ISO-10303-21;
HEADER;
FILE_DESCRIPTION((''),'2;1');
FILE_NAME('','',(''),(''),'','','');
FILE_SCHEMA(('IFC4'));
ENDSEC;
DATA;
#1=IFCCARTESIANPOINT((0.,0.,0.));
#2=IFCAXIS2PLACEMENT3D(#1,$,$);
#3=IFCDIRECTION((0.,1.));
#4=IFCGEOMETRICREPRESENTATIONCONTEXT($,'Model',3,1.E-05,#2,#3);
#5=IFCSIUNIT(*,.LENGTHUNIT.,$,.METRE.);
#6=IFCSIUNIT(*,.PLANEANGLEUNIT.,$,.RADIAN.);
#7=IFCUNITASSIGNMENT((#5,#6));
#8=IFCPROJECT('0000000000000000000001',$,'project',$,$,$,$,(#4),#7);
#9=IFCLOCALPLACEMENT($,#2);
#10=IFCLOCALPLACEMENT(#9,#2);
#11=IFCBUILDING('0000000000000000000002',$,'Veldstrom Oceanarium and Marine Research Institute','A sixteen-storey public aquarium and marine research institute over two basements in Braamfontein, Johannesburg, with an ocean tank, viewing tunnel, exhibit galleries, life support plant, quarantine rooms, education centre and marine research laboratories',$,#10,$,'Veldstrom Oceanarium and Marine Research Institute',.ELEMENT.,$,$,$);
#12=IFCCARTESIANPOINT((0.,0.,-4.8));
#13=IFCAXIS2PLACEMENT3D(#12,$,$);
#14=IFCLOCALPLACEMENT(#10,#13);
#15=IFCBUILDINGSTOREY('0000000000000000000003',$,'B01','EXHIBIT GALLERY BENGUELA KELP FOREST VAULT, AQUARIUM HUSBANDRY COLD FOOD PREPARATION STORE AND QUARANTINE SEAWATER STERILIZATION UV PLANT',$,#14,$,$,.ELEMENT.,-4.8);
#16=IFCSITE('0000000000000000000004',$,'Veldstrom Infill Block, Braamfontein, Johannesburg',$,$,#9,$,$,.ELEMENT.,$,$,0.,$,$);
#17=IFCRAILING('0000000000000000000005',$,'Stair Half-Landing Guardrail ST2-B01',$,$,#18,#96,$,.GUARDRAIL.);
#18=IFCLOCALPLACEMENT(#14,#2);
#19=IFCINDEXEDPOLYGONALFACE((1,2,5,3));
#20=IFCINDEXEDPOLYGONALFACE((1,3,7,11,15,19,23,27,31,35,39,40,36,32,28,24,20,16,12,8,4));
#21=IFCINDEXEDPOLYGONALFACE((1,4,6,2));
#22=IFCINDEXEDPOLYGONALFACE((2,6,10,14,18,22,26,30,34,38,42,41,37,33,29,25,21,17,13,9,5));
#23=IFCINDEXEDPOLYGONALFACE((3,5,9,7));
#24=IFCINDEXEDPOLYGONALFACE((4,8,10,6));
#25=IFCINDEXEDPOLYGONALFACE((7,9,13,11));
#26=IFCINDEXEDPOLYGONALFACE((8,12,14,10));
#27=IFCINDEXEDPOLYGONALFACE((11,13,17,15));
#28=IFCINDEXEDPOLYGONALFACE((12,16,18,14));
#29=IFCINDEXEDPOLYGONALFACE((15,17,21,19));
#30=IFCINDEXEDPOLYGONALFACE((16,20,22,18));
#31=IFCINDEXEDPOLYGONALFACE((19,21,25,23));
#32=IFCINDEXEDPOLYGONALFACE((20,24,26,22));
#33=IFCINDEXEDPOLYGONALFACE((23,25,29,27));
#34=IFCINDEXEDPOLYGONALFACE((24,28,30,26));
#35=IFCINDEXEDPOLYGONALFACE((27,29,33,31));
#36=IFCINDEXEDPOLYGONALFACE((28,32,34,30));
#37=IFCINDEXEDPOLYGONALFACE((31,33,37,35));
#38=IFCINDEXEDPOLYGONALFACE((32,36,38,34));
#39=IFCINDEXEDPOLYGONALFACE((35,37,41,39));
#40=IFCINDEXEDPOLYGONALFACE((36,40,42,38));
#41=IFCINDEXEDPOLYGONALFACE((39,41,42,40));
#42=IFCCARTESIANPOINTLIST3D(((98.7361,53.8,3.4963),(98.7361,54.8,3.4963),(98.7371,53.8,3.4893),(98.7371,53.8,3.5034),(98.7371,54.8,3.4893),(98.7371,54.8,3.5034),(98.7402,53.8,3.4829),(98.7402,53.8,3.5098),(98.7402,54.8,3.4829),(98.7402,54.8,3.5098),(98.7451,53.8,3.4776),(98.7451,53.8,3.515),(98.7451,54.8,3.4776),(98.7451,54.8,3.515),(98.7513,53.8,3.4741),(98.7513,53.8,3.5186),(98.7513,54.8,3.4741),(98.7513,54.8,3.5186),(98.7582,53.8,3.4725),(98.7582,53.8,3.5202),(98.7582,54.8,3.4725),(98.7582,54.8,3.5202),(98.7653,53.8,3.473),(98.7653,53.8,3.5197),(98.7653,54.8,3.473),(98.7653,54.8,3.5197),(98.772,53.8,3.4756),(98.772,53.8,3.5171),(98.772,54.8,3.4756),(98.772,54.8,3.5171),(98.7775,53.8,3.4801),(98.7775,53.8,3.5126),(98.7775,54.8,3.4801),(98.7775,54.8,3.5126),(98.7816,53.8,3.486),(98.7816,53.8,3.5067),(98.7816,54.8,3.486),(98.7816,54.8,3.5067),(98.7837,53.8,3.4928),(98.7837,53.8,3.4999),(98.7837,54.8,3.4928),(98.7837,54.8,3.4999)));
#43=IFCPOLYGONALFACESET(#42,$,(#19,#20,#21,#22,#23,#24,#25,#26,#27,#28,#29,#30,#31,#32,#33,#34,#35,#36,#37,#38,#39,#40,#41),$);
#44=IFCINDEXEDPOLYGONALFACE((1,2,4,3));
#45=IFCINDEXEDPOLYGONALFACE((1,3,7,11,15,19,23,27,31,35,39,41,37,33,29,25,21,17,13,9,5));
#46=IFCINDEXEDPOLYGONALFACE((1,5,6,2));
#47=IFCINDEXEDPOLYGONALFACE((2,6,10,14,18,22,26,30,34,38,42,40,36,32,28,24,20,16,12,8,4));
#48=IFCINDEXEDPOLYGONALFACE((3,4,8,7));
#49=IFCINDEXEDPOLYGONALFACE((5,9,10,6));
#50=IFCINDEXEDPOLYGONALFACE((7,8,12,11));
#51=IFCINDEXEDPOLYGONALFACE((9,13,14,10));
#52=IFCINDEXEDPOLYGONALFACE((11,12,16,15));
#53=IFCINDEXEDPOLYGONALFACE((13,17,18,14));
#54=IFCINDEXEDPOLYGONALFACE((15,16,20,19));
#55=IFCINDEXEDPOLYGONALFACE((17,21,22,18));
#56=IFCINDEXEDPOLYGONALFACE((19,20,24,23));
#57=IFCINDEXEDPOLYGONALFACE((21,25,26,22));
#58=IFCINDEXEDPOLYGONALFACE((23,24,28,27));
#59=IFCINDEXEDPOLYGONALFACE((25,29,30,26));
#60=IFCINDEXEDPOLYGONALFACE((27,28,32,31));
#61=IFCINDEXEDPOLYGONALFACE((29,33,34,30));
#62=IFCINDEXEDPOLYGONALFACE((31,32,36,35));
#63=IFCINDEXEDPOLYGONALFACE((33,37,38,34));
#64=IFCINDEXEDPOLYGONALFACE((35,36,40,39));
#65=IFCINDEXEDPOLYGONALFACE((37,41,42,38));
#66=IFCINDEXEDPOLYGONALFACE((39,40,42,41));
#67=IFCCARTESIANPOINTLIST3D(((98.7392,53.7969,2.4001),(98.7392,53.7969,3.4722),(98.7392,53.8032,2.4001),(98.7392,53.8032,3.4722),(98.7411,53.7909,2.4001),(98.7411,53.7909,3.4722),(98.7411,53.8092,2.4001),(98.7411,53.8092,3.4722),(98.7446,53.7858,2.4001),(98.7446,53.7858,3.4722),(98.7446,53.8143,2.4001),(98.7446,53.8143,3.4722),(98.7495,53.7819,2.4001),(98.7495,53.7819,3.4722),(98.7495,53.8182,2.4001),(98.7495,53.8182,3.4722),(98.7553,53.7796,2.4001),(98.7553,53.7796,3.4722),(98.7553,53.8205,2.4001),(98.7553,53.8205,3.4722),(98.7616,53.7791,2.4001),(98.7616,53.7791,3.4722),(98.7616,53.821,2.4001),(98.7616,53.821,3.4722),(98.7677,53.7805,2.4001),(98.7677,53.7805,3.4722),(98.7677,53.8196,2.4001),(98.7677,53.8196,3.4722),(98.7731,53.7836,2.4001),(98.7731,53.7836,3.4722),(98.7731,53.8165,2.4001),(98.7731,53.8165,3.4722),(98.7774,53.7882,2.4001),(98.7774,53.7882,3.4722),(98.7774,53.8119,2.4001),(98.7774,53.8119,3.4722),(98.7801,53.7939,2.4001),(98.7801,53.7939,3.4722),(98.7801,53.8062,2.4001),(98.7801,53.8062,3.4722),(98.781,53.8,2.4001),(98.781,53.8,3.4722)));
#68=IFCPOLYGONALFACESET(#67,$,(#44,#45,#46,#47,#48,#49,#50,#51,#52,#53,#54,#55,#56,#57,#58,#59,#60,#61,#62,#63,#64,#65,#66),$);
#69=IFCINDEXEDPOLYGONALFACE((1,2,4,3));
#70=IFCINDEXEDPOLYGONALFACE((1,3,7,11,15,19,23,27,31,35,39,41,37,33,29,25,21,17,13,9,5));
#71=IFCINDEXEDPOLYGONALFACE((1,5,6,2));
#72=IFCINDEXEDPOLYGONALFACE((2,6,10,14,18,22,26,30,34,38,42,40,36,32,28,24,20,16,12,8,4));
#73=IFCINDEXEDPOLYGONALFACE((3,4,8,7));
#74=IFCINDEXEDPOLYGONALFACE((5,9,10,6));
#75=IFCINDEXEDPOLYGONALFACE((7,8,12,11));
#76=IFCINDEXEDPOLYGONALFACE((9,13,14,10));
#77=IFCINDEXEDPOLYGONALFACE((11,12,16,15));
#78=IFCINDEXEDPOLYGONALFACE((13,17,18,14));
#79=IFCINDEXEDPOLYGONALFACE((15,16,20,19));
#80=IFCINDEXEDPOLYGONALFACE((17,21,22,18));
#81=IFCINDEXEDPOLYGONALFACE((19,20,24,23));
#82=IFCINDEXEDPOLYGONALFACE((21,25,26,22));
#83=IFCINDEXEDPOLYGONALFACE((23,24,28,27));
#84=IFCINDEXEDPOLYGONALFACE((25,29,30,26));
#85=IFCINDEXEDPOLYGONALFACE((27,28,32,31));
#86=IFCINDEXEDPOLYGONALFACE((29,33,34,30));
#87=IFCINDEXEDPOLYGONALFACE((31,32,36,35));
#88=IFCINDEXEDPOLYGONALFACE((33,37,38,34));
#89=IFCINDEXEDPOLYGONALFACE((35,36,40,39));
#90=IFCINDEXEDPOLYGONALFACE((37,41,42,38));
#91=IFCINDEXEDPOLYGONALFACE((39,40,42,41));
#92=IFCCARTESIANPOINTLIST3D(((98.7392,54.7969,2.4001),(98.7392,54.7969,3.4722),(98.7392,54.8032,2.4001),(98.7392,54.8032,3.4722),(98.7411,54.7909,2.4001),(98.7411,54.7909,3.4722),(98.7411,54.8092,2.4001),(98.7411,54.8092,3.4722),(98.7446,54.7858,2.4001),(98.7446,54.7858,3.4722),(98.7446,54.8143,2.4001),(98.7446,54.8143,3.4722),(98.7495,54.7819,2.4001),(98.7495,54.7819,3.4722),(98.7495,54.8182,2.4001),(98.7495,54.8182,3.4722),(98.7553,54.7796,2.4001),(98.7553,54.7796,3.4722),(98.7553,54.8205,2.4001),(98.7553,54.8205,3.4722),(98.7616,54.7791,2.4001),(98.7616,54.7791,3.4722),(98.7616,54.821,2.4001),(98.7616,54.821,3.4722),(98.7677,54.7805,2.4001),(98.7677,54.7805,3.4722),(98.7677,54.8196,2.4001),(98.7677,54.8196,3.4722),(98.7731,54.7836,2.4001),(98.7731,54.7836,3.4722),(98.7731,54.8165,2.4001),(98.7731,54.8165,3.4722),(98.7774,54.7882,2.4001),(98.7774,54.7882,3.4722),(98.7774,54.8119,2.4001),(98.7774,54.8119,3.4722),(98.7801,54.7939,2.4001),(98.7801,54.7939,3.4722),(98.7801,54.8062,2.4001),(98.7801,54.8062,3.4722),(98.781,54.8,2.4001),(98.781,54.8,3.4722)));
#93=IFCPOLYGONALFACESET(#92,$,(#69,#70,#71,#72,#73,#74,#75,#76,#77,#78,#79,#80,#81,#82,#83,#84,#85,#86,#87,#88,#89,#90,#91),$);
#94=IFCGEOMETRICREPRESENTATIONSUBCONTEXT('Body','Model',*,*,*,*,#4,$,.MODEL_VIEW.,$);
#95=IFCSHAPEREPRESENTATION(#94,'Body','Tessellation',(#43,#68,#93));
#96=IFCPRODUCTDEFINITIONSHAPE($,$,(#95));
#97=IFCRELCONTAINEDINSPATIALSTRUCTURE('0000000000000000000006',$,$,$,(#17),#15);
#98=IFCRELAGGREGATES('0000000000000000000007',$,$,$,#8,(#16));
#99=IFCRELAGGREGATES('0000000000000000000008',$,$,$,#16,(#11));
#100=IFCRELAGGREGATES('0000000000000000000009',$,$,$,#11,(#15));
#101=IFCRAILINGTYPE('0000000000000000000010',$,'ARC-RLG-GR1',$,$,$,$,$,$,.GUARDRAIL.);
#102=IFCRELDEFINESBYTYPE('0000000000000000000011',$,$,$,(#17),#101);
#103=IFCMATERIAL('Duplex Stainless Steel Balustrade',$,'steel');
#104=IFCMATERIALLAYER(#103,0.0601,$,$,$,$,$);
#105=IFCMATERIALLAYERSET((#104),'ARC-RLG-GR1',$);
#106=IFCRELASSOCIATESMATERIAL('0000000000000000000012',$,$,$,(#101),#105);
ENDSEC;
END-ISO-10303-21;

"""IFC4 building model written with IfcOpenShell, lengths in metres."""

from ifc_helpers import new_model, si_unit, direction, frame, origin, origin_2d, place, context, subcontext, project, spatial, circle, extrude, material, layer, layer_set, type_object, element, save


model = new_model("IFC4")

# Units and contexts
model_context = context("Model", 3, precision=1e-05, world=origin(), true_north=direction((0.0, 1.0)))
body_context = subcontext(model_context, "Body", "Model", "MODEL_VIEW")
ifc_project = project(units=[si_unit("LENGTHUNIT", "METRE"), si_unit("PLANEANGLEUNIT", "RADIAN")], contexts=[model_context])

# Site, building, storey
site_placement = place(None, origin())
site = spatial("IfcSite", under=ifc_project, at=site_placement, Name="Veldstrom Infill Block, Braamfontein, Johannesburg", CompositionType="ELEMENT", RefElevation=0.0)
building_placement = place(site_placement, origin())
building = spatial("IfcBuilding", under=site, at=building_placement, Name="Veldstrom Oceanarium and Marine Research Institute", Description="A sixteen-storey public aquarium and marine research institute over two basements in Braamfontein, Johannesburg, with an ocean tank, viewing tunnel, exhibit galleries, life support plant, quarantine rooms, education centre and marine research laboratories", LongName="Veldstrom Oceanarium and Marine Research Institute", CompositionType="ELEMENT")
storey_placement = place(building_placement, frame((0.0, 0.0, -4.8)))
storey = spatial("IfcBuildingStorey", under=building, at=storey_placement, Name="B01", Description="EXHIBIT GALLERY BENGUELA KELP FOREST VAULT, AQUARIUM HUSBANDRY COLD FOOD PREPARATION STORE AND QUARANTINE SEAWATER STERILIZATION UV PLANT", CompositionType="ELEMENT", Elevation=-4.8)

# Railing
ifc_material_1 = material(Name="Duplex Stainless Steel Balustrade", Category="steel")
ifc_layer_1 = layer(ifc_material_1, 0.0601)
ifc_layer_set_1 = layer_set([ifc_layer_1], Name="ARC-RLG-GR1")
railing_type_1 = type_object("IfcRailingType", Name="ARC-RLG-GR1", PredefinedType="GUARDRAIL", material=ifc_layer_set_1)
railing_1_placement = place(storey_placement, frame((98.76, 53.8, 2.4001)))
element("IfcRailing", 1, at=railing_1_placement, inside=storey, type_object=railing_type_1, Name="Stair Half-Landing Guardrail ST2-B01", PredefinedType="GUARDRAIL", context=body_context, shape_type="SweptSolid", body=[
    extrude(circle(Radius=0.0239, at=origin_2d()), frame((0.0, 0.0, 1.0962), z_axis=(0.0, 1.0, 0.0), x_axis=(-1.0, 0.0, 0.0)), (0.0, 0.0, 1.0), 1.0),
    extrude(circle(Radius=0.021, at=origin_2d()), origin(), (0.0, 0.0, 1.0), 1.072),
    extrude(circle(Radius=0.021, at=origin_2d()), frame((0.0, 1.0, 0.0)), (0.0, 0.0, 1.0), 1.072),
])

save(model, "model.ifc")
